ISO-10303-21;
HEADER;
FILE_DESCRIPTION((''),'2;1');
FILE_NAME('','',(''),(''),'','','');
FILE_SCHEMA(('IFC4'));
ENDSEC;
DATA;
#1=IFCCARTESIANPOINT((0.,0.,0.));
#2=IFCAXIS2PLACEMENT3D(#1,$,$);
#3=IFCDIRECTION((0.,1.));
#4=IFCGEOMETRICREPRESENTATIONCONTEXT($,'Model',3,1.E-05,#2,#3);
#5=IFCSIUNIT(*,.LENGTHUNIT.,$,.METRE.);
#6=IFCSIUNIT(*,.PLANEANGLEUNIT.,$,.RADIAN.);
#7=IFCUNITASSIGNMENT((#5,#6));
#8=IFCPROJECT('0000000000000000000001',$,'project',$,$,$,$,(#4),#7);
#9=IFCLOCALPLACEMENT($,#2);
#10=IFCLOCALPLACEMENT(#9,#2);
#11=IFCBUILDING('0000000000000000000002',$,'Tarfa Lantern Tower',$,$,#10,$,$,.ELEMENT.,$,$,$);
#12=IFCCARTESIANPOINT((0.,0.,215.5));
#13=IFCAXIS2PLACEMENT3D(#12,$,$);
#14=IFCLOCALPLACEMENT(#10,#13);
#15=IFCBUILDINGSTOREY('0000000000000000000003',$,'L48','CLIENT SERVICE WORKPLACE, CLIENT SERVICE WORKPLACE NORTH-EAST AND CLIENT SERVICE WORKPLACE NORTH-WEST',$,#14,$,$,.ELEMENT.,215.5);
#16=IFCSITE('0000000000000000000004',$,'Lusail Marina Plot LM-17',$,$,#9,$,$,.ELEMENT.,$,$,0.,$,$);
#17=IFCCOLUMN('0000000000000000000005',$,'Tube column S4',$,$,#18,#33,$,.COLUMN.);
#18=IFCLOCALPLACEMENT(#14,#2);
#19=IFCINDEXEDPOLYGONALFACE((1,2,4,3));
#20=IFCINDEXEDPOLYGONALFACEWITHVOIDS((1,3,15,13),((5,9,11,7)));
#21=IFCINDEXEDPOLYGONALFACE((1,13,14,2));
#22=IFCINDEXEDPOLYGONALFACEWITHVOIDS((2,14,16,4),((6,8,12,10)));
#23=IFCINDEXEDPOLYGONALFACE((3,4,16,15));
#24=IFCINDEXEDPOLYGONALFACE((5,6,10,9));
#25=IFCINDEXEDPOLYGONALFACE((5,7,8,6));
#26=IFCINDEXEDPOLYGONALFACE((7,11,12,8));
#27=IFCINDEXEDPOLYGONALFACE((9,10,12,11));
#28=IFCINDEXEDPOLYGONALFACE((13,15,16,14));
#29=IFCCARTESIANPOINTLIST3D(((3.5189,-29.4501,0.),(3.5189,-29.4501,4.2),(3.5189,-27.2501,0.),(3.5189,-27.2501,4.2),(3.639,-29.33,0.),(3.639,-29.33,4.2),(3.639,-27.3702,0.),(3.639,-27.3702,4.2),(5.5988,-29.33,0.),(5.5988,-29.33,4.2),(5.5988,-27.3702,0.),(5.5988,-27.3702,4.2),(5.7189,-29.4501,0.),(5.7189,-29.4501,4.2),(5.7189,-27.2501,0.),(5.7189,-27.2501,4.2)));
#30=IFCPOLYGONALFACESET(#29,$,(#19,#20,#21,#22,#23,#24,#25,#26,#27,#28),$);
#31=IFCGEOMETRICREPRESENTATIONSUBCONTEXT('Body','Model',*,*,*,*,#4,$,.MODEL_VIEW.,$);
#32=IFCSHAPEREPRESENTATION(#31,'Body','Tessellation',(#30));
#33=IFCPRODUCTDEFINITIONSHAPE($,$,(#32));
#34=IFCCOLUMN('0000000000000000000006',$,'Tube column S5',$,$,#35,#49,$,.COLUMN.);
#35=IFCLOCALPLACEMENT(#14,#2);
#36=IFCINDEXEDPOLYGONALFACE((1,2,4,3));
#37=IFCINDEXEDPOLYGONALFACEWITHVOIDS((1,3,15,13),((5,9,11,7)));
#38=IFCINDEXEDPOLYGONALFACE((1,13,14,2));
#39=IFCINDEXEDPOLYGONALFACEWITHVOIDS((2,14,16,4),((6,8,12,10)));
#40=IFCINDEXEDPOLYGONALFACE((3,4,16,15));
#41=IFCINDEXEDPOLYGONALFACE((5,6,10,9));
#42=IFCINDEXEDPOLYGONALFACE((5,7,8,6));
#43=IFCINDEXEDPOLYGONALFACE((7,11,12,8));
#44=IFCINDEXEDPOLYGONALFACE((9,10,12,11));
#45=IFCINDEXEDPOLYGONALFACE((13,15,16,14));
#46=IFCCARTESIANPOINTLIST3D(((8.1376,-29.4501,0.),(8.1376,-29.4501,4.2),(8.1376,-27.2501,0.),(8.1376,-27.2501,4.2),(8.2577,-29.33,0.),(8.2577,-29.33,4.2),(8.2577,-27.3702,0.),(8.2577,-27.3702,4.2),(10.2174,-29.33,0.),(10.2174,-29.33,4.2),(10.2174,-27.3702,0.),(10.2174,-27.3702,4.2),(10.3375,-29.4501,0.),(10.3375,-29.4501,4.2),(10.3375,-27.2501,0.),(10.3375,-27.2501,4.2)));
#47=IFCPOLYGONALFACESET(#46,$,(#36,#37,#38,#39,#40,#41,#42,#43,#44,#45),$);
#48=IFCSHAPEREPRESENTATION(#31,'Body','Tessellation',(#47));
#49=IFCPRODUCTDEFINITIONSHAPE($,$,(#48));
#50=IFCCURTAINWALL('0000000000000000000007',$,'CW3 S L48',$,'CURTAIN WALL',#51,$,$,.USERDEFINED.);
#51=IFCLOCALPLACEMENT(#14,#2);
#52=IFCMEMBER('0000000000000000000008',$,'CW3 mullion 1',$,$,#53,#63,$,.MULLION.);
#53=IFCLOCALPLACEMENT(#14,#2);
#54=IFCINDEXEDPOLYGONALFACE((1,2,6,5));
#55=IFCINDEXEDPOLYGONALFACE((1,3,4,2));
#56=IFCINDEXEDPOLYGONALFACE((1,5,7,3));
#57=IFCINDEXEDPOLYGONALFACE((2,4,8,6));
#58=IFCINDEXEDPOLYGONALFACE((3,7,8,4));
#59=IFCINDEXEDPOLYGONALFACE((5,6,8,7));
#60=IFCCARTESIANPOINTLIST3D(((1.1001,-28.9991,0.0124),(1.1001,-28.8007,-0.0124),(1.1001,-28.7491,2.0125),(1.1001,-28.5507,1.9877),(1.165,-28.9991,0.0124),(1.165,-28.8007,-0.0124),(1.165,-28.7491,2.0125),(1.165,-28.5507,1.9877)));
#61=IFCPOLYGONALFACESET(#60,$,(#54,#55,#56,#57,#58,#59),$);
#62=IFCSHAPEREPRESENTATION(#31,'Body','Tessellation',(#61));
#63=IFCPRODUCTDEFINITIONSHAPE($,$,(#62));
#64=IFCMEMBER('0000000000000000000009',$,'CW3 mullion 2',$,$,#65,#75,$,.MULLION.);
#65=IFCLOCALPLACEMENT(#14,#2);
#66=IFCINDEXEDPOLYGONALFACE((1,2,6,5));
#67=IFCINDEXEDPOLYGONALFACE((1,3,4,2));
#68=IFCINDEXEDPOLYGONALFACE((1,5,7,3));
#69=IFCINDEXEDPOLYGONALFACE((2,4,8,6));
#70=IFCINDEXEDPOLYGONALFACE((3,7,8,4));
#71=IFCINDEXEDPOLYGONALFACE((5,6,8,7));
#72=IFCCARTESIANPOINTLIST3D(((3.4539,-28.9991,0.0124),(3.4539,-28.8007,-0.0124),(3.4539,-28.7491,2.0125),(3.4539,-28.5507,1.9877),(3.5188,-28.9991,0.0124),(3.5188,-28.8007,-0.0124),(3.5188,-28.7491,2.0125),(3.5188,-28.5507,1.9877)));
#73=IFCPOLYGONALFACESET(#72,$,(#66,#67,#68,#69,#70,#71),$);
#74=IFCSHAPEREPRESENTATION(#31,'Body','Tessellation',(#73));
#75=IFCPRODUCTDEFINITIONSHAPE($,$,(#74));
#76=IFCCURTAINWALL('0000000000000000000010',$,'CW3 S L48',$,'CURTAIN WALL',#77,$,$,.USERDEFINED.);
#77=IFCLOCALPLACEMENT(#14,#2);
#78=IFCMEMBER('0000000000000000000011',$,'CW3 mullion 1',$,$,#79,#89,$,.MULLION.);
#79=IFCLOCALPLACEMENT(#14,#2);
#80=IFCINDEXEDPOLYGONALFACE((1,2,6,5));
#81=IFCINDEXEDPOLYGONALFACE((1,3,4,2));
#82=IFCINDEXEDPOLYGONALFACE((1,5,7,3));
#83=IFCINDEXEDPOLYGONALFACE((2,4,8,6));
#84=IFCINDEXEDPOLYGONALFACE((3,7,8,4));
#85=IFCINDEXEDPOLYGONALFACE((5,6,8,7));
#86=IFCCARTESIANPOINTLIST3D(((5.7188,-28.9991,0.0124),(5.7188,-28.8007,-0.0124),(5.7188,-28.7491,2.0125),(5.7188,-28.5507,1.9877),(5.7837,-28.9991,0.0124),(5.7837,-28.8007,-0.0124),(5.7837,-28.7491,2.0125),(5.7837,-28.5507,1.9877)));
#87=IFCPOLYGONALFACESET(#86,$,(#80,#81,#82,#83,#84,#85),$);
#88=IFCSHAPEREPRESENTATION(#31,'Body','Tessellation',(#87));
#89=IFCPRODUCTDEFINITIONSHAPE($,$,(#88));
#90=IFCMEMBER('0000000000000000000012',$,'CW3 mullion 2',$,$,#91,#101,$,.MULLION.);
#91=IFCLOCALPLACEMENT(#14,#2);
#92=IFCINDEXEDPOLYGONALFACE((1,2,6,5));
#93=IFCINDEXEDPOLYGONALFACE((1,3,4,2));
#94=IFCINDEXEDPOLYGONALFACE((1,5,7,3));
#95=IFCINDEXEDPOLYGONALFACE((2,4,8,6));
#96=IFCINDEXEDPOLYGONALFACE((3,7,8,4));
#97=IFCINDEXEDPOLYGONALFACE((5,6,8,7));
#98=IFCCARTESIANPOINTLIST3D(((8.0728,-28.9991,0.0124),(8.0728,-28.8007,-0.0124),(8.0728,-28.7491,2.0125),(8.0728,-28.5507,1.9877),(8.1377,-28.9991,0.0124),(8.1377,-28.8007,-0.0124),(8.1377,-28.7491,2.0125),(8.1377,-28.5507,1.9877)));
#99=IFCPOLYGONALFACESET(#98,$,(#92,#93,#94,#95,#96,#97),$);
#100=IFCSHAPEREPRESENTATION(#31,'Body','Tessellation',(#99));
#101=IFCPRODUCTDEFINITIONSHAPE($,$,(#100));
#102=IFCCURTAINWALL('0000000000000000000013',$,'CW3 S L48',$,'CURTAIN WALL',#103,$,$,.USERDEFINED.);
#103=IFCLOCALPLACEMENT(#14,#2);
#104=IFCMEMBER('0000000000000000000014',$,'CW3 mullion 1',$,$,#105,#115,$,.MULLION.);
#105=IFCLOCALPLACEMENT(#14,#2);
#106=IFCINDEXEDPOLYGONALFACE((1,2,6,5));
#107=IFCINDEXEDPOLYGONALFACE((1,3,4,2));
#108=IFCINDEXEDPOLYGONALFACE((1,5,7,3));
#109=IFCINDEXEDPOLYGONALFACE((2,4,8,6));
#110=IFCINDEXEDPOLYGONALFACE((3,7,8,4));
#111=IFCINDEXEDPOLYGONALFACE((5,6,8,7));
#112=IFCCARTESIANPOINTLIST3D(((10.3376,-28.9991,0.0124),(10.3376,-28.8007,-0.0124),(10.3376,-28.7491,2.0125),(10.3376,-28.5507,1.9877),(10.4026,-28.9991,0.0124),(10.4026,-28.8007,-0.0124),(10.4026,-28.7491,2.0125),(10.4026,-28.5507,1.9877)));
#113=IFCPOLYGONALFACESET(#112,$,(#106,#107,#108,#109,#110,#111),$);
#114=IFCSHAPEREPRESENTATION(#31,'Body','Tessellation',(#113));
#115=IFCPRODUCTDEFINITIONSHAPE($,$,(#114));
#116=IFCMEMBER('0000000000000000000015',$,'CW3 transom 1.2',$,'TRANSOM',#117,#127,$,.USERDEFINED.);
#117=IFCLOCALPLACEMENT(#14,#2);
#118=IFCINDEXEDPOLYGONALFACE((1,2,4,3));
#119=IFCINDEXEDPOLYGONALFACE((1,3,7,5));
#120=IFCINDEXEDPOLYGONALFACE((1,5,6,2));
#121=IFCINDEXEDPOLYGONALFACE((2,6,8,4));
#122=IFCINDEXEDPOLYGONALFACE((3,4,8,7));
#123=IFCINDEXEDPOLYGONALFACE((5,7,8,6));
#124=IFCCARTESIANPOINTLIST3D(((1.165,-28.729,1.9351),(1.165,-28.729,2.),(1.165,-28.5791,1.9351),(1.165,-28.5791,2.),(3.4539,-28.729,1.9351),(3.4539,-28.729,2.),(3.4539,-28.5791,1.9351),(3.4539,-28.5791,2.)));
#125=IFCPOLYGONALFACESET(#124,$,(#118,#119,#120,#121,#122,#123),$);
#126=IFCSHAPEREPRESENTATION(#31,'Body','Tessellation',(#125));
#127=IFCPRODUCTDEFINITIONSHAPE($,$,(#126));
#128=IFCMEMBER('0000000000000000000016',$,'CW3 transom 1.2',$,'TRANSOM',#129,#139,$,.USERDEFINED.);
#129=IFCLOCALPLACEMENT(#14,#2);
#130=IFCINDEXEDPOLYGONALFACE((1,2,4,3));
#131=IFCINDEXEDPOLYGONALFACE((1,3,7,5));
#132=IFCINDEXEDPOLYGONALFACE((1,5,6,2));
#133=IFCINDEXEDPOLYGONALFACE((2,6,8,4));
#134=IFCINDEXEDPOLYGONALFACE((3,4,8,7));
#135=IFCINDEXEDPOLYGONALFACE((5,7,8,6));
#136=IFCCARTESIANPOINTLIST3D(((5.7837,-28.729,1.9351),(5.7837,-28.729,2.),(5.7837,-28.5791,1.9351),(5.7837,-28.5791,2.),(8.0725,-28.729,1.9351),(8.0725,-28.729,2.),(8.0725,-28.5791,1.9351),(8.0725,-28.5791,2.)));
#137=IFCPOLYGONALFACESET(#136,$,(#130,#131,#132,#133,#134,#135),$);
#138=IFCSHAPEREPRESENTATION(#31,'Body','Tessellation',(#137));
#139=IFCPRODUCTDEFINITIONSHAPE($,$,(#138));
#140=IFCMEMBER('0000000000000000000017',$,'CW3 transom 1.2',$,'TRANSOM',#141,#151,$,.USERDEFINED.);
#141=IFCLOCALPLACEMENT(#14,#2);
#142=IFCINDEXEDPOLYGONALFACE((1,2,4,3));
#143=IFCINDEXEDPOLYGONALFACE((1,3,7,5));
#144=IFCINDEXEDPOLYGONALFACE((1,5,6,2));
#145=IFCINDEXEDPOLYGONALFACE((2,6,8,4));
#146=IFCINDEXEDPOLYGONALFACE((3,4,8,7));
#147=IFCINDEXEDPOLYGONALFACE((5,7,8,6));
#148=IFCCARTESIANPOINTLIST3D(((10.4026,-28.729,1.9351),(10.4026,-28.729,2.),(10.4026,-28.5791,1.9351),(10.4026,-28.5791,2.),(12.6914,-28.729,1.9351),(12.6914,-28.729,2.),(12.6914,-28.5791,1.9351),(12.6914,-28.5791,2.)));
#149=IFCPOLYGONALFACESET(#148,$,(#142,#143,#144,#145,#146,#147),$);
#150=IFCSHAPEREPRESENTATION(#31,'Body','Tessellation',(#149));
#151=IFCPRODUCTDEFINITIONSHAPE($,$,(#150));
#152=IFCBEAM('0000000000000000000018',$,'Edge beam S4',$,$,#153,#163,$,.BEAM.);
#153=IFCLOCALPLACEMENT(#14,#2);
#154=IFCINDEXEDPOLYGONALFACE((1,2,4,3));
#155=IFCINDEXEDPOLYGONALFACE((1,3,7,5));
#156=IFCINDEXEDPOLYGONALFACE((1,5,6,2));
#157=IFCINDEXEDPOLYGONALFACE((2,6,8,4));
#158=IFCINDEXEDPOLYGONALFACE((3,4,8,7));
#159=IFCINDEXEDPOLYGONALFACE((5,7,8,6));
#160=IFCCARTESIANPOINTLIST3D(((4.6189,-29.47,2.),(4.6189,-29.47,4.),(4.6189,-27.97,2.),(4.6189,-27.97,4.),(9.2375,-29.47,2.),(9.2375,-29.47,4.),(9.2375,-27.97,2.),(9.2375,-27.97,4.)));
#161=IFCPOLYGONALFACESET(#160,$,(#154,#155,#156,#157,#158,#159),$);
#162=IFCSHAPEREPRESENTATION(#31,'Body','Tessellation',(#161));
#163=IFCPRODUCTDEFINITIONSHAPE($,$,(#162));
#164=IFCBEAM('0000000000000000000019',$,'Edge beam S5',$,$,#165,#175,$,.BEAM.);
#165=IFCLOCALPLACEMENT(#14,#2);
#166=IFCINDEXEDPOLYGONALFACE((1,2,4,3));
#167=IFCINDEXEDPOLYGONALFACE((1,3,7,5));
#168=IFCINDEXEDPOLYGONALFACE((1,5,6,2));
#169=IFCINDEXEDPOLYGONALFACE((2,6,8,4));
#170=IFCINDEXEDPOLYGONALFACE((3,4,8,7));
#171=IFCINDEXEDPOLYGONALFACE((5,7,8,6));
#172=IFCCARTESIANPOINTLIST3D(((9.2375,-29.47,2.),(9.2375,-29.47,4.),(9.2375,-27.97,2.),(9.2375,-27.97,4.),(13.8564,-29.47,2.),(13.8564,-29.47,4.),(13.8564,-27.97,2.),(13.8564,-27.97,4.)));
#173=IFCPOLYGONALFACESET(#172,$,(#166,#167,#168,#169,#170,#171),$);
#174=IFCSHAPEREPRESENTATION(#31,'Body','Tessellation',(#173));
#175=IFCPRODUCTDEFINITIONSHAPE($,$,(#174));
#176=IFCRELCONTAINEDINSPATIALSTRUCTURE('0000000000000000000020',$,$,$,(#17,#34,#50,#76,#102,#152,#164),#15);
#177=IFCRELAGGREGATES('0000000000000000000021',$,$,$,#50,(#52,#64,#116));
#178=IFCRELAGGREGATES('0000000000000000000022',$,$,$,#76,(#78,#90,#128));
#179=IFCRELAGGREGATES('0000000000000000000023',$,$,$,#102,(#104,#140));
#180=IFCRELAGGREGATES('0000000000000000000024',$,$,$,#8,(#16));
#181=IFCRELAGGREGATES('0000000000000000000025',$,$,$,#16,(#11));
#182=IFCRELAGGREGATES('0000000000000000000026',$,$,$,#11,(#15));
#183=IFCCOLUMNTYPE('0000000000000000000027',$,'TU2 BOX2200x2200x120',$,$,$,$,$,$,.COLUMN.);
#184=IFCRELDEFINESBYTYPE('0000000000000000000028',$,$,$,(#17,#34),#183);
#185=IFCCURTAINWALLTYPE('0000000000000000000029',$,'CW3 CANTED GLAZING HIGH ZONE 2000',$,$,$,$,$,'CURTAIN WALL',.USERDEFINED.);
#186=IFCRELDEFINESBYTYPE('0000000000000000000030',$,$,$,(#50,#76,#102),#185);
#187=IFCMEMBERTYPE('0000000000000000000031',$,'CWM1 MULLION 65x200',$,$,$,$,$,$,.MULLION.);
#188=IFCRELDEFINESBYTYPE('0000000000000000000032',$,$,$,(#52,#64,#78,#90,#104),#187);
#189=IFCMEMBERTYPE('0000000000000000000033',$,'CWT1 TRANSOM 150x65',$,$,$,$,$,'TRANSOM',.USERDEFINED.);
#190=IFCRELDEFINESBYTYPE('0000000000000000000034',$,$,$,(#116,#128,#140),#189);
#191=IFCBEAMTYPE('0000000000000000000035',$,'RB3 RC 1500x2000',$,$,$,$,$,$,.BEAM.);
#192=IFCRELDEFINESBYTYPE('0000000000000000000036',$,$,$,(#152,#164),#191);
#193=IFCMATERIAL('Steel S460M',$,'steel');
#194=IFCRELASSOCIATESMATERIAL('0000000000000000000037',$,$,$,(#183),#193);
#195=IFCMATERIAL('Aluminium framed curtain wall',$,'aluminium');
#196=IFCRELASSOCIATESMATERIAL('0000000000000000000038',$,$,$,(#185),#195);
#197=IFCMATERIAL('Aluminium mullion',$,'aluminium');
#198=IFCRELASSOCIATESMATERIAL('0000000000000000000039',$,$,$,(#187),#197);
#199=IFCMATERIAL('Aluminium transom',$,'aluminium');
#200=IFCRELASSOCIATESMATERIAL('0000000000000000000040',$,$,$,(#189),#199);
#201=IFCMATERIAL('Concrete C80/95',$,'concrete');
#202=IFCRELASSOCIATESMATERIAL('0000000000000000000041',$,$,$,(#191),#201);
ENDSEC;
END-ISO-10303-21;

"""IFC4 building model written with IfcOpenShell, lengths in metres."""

from ifc_helpers import new_model, si_unit, direction, frame, origin, origin_2d, place, context, subcontext, project, spatial, rectangle, hollow_rectangle, extrude, material, material_profile, profile_set, type_object, element, aggregate, save


model = new_model("IFC4")

# Units and contexts
model_context = context("Model", 3, precision=1e-05, world=origin(), true_north=direction((0.0, 1.0)))
body_context = subcontext(model_context, "Body", "Model", "MODEL_VIEW")
ifc_project = project(units=[si_unit("LENGTHUNIT", "METRE"), si_unit("PLANEANGLEUNIT", "RADIAN")], contexts=[model_context])

# Site, building, storey
site_placement = place(None, origin())
site = spatial("IfcSite", under=ifc_project, at=site_placement, Name="Lusail Marina Plot LM-17", CompositionType="ELEMENT", RefElevation=0.0)
building_placement = place(site_placement, origin())
building = spatial("IfcBuilding", under=site, at=building_placement, Name="Tarfa Lantern Tower", CompositionType="ELEMENT")
storey_placement = place(building_placement, frame((0.0, 0.0, 215.5)))
storey = spatial("IfcBuildingStorey", under=building, at=storey_placement, Name="L48", Description="CLIENT SERVICE WORKPLACE, CLIENT SERVICE WORKPLACE NORTH-EAST AND CLIENT SERVICE WORKPLACE NORTH-WEST", CompositionType="ELEMENT", Elevation=215.5)

# Columns
ifc_material_1 = material(Name="Steel S460M", Category="steel")
ifc_material_profile_1 = material_profile(ifc_material_1, hollow_rectangle(XDim=2.2, YDim=2.2, WallThickness=0.1201, at=origin_2d()), Name="BOX2200x2200x120")
ifc_profile_set_1 = profile_set([ifc_material_profile_1], Name="Steel S460M")
column_type = type_object("IfcColumnType", Name="TU2 BOX2200x2200x120", PredefinedType="COLUMN", material=ifc_profile_set_1)
for number, where, z_axis, x_axis, name in (
    (1, (4.6189, -28.3501, 0.0), (0.0, 0.0, 1.0), (1.0, 0.0, 0.0), "Tube column S4"),
    (2, (9.2375, -28.3501, 0.0), (0.0, 0.0, 1.0), (1.0, 0.0, 0.0), "Tube column S5"),
):
    element("IfcColumn", number, at=place(storey_placement, frame(where, z_axis=z_axis, x_axis=x_axis)), inside=storey, type_object=column_type, Name=name, PredefinedType="COLUMN", context=body_context, shape_type="SweptSolid", body=[
        extrude(hollow_rectangle(XDim=2.2, YDim=2.2, WallThickness=0.1201, at=origin_2d()), origin(), (0.0, 0.0, 1.0), 4.2),
    ])

# Curtain walls, members
ifc_material_2 = material(Name="Aluminium framed curtain wall", Category="aluminium")
curtain_wall_type = type_object("IfcCurtainWallType", Name="CW3 CANTED GLAZING HIGH ZONE 2000", ElementType="CURTAIN WALL", PredefinedType="USERDEFINED", material=ifc_material_2)
curtain_wall_1_placement = place(storey_placement, origin())
curtain_wall_1 = element("IfcCurtainWall", 3, at=curtain_wall_1_placement, inside=storey, type_object=curtain_wall_type, Name="CW3 S L48", ObjectType="CURTAIN WALL", PredefinedType="USERDEFINED")
ifc_material_3 = material(Name="Aluminium mullion", Category="aluminium")
ifc_material_profile_2 = material_profile(ifc_material_3, rectangle(XDim=0.0649, YDim=0.2, at=origin_2d()), Name="AL MULLION 65x200")
ifc_profile_set_2 = profile_set([ifc_material_profile_2], Name="Aluminium mullion")
member_type_1 = type_object("IfcMemberType", Name="CWM1 MULLION 65x200", PredefinedType="MULLION", material=ifc_profile_set_2)
member_1_placement = place(storey_placement, frame((1.1326, -28.8999, 0.0), z_axis=(0.0, 0.124035, 0.992278), x_axis=(-1.0, 0.0, 0.0)))
member_1 = element("IfcMember", 4, at=member_1_placement, type_object=member_type_1, Name="CW3 mullion 1", PredefinedType="MULLION", context=body_context, shape_type="SweptSolid", body=[
    extrude(rectangle(XDim=0.0649, YDim=0.2, at=origin_2d()), origin(), (0.0, 0.0, 1.0), 2.0156),
])
member_2_placement = place(storey_placement, frame((3.4863, -28.8999, 0.0), z_axis=(0.0, 0.124035, 0.992278), x_axis=(-1.0, 0.0, 0.0)))
member_2 = element("IfcMember", 5, at=member_2_placement, type_object=member_type_1, Name="CW3 mullion 2", PredefinedType="MULLION", context=body_context, shape_type="SweptSolid", body=[
    extrude(rectangle(XDim=0.0649, YDim=0.2, at=origin_2d()), origin(), (0.0, 0.0, 1.0), 2.0156),
])
curtain_wall_2_placement = place(storey_placement, origin())
curtain_wall_2 = element("IfcCurtainWall", 6, at=curtain_wall_2_placement, inside=storey, type_object=curtain_wall_type, Name="CW3 S L48", ObjectType="CURTAIN WALL", PredefinedType="USERDEFINED")
member_3_placement = place(storey_placement, frame((5.7512, -28.8999, 0.0), z_axis=(0.0, 0.124035, 0.992278), x_axis=(-1.0, 0.0, 0.0)))
member_3 = element("IfcMember", 7, at=member_3_placement, type_object=member_type_1, Name="CW3 mullion 1", PredefinedType="MULLION", context=body_context, shape_type="SweptSolid", body=[
    extrude(rectangle(XDim=0.0649, YDim=0.2, at=origin_2d()), origin(), (0.0, 0.0, 1.0), 2.0156),
])
member_4_placement = place(storey_placement, frame((8.1052, -28.8999, 0.0), z_axis=(0.0, 0.124035, 0.992278), x_axis=(-1.0, 0.0, 0.0)))
member_4 = element("IfcMember", 8, at=member_4_placement, type_object=member_type_1, Name="CW3 mullion 2", PredefinedType="MULLION", context=body_context, shape_type="SweptSolid", body=[
    extrude(rectangle(XDim=0.0649, YDim=0.2, at=origin_2d()), origin(), (0.0, 0.0, 1.0), 2.0156),
])

# Curtain wall, member
curtain_wall_3_placement = place(storey_placement, origin())
curtain_wall_3 = element("IfcCurtainWall", 9, at=curtain_wall_3_placement, inside=storey, type_object=curtain_wall_type, Name="CW3 S L48", ObjectType="CURTAIN WALL", PredefinedType="USERDEFINED")
member_5_placement = place(storey_placement, frame((10.3701, -28.8999, 0.0), z_axis=(0.0, 0.124035, 0.992278), x_axis=(-1.0, 0.0, 0.0)))
member_5 = element("IfcMember", 10, at=member_5_placement, type_object=member_type_1, Name="CW3 mullion 1", PredefinedType="MULLION", context=body_context, shape_type="SweptSolid", body=[
    extrude(rectangle(XDim=0.0649, YDim=0.2, at=origin_2d()), origin(), (0.0, 0.0, 1.0), 2.0156),
])

# Members
ifc_material_4 = material(Name="Aluminium transom", Category="aluminium")
ifc_material_profile_3 = material_profile(ifc_material_4, rectangle(XDim=0.1499, YDim=0.0649, at=origin_2d()), Name="AL TRANSOM 150x65")
ifc_profile_set_3 = profile_set([ifc_material_profile_3], Name="Aluminium transom")
member_type_2 = type_object("IfcMemberType", Name="CWT1 TRANSOM 150x65", ElementType="TRANSOM", PredefinedType="USERDEFINED", material=ifc_profile_set_3)
member_6_placement = place(storey_placement, frame((1.165, -28.6541, 1.9675), z_axis=(1.0, 0.0, 0.0), x_axis=(0.0, 1.0, 0.0)))
member_6 = element("IfcMember", 11, at=member_6_placement, type_object=member_type_2, Name="CW3 transom 1.2", ObjectType="TRANSOM", PredefinedType="USERDEFINED", context=body_context, shape_type="SweptSolid", body=[
    extrude(rectangle(XDim=0.1499, YDim=0.0649, at=origin_2d()), origin(), (0.0, 0.0, 1.0), 2.2888),
])
member_7_placement = place(storey_placement, frame((5.7837, -28.6541, 1.9675), z_axis=(1.0, 0.0, 0.0), x_axis=(0.0, 1.0, 0.0)))
member_7 = element("IfcMember", 12, at=member_7_placement, type_object=member_type_2, Name="CW3 transom 1.2", ObjectType="TRANSOM", PredefinedType="USERDEFINED", context=body_context, shape_type="SweptSolid", body=[
    extrude(rectangle(XDim=0.1499, YDim=0.0649, at=origin_2d()), origin(), (0.0, 0.0, 1.0), 2.2888),
])
member_8_placement = place(storey_placement, frame((10.4026, -28.6541, 1.9675), z_axis=(1.0, 0.0, 0.0), x_axis=(0.0, 1.0, 0.0)))
member_8 = element("IfcMember", 13, at=member_8_placement, type_object=member_type_2, Name="CW3 transom 1.2", ObjectType="TRANSOM", PredefinedType="USERDEFINED", context=body_context, shape_type="SweptSolid", body=[
    extrude(rectangle(XDim=0.1499, YDim=0.0649, at=origin_2d()), origin(), (0.0, 0.0, 1.0), 2.2888),
])

# Beams
ifc_material_5 = material(Name="Concrete C80/95", Category="concrete")
ifc_material_profile_4 = material_profile(ifc_material_5, rectangle(XDim=1.5, YDim=2.0, at=origin_2d()), Name="RC 1500x2000")
ifc_profile_set_4 = profile_set([ifc_material_profile_4], Name="Concrete C80/95")
beam_type_1 = type_object("IfcBeamType", Name="RB3 RC 1500x2000", PredefinedType="BEAM", material=ifc_profile_set_4)
beam_1_placement = place(storey_placement, frame((4.6189, -28.72, 3.0), z_axis=(1.0, 0.0, 0.0), x_axis=(0.0, 1.0, 0.0)))
element("IfcBeam", 14, at=beam_1_placement, inside=storey, type_object=beam_type_1, Name="Edge beam S4", PredefinedType="BEAM", context=body_context, shape_type="SweptSolid", body=[
    extrude(rectangle(XDim=1.5, YDim=2.0, at=origin_2d()), origin(), (0.0, 0.0, 1.0), 4.6187),
])
beam_2_placement = place(storey_placement, frame((9.2375, -28.72, 3.0), z_axis=(1.0, 0.0, 0.0), x_axis=(0.0, 1.0, 0.0)))
element("IfcBeam", 15, at=beam_2_placement, inside=storey, type_object=beam_type_1, Name="Edge beam S5", PredefinedType="BEAM", context=body_context, shape_type="SweptSolid", body=[
    extrude(rectangle(XDim=1.5, YDim=2.0, at=origin_2d()), origin(), (0.0, 0.0, 1.0), 4.6189),
])

aggregate(curtain_wall_1, [member_1, member_2, member_6])
aggregate(curtain_wall_2, [member_3, member_4, member_7])
aggregate(curtain_wall_3, [member_5, member_8])

save(model, "model.ifc")
